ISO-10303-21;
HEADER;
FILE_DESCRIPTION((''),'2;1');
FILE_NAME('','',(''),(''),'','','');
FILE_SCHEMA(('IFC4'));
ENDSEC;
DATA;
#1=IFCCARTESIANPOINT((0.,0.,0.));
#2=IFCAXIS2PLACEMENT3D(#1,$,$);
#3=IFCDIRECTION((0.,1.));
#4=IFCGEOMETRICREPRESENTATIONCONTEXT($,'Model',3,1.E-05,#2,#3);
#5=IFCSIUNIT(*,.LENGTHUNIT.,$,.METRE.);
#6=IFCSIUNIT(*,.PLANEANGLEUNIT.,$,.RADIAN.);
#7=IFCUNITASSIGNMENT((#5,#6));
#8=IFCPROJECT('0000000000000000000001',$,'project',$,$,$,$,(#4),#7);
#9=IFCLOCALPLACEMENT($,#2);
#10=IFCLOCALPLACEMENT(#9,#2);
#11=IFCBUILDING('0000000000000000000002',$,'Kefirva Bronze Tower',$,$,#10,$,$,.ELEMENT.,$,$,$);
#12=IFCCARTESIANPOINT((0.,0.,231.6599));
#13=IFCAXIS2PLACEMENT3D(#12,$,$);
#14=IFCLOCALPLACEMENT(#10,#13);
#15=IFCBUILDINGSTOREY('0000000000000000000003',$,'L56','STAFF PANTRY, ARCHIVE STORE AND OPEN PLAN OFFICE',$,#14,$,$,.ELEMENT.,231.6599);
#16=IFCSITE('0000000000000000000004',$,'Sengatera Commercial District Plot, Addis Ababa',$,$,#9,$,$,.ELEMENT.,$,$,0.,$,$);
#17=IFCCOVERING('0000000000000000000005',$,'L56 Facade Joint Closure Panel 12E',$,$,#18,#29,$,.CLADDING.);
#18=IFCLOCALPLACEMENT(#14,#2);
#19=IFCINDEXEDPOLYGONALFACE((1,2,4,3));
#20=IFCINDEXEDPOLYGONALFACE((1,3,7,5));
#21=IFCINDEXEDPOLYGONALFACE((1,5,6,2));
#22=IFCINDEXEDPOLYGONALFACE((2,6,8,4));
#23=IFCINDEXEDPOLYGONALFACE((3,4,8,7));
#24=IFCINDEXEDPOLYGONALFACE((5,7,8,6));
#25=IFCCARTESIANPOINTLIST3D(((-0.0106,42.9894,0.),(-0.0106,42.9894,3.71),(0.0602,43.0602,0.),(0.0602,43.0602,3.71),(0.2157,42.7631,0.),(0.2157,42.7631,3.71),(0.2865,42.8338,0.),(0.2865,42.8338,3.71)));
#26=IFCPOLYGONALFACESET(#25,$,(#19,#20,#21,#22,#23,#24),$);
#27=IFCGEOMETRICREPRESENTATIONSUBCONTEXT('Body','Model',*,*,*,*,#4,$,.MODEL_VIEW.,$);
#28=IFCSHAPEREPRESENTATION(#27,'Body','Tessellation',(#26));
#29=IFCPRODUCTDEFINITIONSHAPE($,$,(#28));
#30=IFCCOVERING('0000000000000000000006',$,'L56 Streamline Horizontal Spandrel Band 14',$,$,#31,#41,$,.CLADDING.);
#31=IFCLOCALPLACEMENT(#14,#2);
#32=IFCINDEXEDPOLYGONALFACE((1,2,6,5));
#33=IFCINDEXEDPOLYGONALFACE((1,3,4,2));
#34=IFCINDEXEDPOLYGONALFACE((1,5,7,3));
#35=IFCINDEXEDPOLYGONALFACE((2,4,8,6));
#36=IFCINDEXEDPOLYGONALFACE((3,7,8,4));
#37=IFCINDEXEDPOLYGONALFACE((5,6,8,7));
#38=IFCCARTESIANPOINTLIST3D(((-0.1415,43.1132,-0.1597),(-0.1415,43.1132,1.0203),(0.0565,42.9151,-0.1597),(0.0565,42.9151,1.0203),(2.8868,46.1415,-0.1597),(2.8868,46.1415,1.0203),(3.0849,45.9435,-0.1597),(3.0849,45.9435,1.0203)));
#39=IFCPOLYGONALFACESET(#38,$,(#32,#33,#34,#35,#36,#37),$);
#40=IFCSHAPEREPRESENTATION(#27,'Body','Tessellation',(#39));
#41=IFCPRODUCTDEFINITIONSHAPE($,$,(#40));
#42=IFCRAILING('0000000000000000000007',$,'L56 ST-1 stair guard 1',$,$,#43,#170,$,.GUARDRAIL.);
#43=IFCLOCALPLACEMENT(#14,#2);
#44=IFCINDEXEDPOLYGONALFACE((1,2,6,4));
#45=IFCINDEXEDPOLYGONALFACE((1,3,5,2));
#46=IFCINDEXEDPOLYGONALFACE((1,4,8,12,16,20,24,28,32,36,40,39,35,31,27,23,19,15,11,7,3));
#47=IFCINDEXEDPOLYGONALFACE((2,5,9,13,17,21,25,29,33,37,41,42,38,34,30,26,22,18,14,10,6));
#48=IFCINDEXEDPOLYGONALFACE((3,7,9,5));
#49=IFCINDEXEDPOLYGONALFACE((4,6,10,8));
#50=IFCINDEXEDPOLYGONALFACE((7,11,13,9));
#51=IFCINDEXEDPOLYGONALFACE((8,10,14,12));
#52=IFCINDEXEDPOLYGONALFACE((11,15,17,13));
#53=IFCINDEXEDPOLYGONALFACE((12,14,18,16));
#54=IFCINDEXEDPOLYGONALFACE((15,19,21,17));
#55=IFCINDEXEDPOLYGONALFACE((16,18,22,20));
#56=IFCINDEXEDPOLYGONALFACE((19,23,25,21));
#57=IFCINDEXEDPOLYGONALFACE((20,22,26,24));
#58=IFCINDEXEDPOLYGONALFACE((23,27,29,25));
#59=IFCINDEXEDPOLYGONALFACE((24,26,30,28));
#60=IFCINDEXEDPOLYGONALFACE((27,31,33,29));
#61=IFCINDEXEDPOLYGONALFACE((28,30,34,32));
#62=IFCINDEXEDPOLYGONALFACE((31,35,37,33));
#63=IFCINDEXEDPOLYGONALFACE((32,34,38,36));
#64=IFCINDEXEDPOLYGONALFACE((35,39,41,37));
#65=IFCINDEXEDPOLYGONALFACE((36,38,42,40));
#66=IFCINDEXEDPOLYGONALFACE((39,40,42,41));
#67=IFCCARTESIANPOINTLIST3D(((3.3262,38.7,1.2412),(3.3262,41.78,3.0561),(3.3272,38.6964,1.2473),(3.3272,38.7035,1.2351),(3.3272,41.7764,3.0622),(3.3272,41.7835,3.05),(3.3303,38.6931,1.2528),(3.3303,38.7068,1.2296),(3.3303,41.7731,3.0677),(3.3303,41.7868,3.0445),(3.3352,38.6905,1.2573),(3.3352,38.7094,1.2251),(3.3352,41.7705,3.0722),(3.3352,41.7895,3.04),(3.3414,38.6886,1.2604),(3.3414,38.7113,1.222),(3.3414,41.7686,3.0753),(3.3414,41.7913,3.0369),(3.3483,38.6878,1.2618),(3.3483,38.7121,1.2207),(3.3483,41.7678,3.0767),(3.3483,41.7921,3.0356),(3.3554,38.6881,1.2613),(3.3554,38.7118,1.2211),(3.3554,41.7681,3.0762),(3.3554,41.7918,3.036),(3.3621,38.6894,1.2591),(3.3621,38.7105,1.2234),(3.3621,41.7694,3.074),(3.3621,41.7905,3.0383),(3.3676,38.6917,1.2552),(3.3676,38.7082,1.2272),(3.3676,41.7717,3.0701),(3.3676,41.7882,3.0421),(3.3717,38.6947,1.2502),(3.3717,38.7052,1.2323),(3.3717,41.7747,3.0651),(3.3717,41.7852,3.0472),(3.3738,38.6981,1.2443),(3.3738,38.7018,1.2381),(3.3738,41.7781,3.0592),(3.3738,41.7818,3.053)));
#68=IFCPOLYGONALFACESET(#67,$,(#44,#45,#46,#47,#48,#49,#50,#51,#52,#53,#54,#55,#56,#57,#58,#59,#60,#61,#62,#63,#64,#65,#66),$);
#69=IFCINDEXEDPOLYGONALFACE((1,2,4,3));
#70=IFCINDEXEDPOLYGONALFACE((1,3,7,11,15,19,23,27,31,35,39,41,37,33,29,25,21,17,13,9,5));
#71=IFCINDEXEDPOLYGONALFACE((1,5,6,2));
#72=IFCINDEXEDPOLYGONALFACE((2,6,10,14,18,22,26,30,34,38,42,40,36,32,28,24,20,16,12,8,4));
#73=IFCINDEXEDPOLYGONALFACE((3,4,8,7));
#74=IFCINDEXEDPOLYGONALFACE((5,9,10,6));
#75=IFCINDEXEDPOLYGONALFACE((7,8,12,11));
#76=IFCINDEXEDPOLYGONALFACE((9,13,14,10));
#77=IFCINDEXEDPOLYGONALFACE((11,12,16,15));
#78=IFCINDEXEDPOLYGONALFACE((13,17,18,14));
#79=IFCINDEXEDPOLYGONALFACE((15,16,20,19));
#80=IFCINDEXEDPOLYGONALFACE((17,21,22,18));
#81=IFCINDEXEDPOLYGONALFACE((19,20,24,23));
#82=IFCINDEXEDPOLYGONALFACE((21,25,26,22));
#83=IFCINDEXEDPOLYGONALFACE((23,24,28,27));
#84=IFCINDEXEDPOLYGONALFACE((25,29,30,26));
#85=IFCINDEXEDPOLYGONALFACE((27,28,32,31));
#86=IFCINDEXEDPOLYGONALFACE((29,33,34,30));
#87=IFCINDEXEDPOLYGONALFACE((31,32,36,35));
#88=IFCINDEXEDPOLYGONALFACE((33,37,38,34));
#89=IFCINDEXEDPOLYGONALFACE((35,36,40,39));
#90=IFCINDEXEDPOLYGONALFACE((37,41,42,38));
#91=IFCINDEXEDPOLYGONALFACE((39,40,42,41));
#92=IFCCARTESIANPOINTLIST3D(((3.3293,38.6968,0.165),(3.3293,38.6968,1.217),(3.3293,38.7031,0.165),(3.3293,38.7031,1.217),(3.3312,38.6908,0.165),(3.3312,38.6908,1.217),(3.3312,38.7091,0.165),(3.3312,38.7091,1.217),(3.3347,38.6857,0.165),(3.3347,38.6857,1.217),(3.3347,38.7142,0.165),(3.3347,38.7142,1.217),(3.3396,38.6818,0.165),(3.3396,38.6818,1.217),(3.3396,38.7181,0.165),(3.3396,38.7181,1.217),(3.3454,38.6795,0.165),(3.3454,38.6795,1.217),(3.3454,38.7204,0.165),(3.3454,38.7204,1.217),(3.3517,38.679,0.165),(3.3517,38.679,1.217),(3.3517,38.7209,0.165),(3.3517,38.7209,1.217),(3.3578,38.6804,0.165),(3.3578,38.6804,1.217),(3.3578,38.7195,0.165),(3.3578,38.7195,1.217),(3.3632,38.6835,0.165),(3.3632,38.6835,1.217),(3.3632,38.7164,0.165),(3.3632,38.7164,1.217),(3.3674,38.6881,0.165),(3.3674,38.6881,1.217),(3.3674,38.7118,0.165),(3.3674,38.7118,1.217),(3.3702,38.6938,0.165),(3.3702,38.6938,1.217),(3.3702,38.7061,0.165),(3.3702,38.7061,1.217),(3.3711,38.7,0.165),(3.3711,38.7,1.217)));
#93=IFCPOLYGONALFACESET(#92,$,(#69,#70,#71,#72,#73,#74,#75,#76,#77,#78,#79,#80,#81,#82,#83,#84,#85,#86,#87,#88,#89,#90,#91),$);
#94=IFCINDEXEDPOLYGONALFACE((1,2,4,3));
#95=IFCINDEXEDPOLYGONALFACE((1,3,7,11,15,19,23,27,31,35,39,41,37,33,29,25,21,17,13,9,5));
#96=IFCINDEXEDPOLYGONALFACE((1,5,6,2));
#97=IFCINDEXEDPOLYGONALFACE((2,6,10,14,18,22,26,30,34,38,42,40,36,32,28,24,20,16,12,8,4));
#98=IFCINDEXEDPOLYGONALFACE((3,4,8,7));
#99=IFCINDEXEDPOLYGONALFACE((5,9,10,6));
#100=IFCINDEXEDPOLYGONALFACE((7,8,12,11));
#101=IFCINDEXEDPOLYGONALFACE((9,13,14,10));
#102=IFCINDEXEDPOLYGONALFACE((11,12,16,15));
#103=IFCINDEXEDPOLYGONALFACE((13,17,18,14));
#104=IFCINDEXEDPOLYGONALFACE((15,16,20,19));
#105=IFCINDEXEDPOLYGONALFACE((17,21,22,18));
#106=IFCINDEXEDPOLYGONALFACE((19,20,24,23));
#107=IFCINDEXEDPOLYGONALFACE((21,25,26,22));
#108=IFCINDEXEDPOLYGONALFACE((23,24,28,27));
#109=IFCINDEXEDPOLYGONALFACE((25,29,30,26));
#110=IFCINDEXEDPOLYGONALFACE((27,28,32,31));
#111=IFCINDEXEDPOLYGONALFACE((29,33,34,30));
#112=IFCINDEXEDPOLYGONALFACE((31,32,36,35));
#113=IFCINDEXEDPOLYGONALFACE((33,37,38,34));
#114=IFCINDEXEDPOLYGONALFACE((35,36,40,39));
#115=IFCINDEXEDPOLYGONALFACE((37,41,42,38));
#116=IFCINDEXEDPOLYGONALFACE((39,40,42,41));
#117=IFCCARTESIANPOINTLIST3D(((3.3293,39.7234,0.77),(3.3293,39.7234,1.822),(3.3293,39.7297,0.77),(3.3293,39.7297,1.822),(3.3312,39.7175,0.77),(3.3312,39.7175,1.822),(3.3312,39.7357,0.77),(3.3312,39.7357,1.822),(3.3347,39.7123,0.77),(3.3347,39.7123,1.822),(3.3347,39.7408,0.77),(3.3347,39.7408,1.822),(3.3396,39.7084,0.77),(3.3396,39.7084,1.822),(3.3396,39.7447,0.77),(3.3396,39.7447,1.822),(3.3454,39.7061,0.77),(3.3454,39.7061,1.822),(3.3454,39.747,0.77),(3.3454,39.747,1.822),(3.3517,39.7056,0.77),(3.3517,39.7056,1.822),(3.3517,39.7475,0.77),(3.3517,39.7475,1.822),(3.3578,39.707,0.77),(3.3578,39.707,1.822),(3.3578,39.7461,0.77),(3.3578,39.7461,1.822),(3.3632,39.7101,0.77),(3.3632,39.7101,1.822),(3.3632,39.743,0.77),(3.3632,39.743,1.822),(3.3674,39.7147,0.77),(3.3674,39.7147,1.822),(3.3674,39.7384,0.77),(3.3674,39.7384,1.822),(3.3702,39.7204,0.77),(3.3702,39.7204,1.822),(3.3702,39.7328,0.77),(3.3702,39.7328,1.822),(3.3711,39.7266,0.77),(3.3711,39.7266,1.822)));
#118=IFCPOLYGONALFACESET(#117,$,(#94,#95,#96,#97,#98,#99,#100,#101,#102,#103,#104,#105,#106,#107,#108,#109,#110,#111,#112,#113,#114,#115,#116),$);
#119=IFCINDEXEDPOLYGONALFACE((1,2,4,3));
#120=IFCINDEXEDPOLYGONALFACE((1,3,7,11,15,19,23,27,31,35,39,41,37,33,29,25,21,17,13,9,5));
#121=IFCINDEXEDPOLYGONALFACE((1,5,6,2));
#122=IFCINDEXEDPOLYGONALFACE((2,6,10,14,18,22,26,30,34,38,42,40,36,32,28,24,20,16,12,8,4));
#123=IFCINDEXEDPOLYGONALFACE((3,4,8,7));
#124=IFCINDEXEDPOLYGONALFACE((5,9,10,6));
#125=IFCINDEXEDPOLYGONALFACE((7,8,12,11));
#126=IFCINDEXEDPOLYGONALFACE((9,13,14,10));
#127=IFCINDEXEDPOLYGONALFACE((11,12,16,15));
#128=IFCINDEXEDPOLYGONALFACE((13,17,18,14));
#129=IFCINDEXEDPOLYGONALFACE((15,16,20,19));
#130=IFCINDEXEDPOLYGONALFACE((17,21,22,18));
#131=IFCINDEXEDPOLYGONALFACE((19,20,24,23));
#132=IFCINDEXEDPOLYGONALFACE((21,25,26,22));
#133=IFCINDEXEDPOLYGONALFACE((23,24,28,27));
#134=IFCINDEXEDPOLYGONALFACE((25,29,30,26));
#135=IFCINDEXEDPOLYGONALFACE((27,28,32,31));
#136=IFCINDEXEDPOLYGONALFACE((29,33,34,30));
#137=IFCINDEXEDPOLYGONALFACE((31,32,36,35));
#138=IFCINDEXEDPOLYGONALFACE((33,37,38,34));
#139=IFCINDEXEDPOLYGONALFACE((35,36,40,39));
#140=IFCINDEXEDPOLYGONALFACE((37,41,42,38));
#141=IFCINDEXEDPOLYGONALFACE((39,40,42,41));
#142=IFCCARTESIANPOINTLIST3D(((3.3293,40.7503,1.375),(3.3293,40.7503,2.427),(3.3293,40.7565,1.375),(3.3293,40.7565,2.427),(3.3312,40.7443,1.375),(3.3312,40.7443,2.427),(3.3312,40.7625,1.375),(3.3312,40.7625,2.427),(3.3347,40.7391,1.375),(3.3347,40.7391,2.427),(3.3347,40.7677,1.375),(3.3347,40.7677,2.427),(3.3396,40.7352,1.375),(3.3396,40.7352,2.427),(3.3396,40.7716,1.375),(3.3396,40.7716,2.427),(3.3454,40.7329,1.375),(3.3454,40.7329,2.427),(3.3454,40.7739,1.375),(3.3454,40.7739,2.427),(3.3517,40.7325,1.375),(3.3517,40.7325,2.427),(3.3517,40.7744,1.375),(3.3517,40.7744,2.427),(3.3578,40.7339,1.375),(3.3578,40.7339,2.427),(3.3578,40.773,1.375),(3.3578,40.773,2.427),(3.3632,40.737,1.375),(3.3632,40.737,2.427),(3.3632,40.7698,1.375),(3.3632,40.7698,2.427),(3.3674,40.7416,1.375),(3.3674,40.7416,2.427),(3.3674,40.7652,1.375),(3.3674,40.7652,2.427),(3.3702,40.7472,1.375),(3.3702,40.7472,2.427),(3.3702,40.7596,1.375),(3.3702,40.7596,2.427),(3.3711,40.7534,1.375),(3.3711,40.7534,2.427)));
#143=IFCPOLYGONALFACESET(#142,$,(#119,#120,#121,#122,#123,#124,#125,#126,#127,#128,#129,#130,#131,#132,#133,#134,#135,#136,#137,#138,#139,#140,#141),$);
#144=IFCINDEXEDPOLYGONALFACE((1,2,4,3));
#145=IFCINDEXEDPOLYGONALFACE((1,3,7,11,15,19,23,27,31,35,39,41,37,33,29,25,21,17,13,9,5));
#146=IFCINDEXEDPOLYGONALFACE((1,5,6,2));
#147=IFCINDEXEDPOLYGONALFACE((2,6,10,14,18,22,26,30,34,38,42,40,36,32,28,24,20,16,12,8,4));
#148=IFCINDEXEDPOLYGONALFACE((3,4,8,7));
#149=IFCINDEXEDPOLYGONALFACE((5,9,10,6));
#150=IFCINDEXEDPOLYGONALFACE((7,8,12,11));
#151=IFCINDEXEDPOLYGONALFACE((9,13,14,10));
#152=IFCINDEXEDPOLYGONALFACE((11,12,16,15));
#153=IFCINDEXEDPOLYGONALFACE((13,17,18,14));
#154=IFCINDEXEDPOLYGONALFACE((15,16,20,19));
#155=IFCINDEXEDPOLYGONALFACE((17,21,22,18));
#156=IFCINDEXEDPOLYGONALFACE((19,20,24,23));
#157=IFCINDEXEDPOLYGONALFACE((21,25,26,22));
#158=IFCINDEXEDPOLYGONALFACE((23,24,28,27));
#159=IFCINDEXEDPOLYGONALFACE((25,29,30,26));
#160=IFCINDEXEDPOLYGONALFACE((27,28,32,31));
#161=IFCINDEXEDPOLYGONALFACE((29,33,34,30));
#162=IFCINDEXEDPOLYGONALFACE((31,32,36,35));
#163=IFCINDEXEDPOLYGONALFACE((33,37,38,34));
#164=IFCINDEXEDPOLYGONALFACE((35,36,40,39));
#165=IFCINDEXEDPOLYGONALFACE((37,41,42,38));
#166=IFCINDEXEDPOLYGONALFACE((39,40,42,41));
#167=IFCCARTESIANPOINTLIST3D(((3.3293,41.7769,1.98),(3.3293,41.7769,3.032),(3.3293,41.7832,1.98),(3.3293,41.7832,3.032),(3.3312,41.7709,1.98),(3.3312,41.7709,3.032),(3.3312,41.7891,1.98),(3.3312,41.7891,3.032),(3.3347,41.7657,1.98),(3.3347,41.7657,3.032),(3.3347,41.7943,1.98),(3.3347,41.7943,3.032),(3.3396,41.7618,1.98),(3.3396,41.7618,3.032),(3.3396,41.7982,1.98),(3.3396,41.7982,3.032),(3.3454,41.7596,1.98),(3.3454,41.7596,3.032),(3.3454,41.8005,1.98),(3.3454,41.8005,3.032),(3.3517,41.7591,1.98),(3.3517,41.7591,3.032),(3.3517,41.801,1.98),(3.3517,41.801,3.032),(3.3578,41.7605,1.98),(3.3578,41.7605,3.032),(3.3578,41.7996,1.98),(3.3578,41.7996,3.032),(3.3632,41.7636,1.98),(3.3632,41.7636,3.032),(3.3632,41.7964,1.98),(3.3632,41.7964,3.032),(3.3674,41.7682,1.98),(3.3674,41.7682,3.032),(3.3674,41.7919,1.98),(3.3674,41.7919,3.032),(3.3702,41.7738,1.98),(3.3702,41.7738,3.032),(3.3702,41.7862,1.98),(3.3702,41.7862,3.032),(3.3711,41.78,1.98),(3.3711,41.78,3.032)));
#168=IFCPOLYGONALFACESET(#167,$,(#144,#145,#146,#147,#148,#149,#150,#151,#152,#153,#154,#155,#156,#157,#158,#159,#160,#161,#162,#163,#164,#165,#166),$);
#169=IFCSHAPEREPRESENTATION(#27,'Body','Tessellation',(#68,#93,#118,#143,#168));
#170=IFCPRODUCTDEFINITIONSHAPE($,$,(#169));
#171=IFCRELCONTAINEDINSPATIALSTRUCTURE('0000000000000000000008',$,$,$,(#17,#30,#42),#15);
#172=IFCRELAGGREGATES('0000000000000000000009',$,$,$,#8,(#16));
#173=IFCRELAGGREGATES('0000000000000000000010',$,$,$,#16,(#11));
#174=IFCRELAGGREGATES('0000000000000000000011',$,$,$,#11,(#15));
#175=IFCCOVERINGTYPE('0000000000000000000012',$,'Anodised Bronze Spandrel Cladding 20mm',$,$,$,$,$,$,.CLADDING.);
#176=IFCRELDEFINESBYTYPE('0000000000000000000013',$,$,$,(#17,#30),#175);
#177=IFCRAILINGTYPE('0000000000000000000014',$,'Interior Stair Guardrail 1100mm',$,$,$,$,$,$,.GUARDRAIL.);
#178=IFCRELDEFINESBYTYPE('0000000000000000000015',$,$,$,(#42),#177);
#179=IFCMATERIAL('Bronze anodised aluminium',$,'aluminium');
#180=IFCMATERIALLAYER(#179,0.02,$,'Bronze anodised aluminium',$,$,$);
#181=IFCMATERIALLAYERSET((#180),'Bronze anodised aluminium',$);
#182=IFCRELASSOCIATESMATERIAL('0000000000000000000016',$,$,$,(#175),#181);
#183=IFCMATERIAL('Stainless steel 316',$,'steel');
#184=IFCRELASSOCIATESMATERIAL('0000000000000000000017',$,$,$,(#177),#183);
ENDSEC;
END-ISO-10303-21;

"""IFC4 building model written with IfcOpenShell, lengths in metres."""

from ifc_helpers import new_model, si_unit, direction, frame, origin, origin_2d, place, context, subcontext, project, spatial, rectangle, circle, extrude, material, layer, layer_set, type_object, element, save


model = new_model("IFC4")

# Units and contexts
model_context = context("Model", 3, precision=1e-05, world=origin(), true_north=direction((0.0, 1.0)))
body_context = subcontext(model_context, "Body", "Model", "MODEL_VIEW")
ifc_project = project(units=[si_unit("LENGTHUNIT", "METRE"), si_unit("PLANEANGLEUNIT", "RADIAN")], contexts=[model_context])

# Site, building, storey
site_placement = place(None, origin())
site = spatial("IfcSite", under=ifc_project, at=site_placement, Name="Sengatera Commercial District Plot, Addis Ababa", CompositionType="ELEMENT", RefElevation=0.0)
building_placement = place(site_placement, origin())
building = spatial("IfcBuilding", under=site, at=building_placement, Name="Kefirva Bronze Tower", CompositionType="ELEMENT")
storey_placement = place(building_placement, frame((0.0, 0.0, 231.6599)))
storey = spatial("IfcBuildingStorey", under=building, at=storey_placement, Name="L56", Description="STAFF PANTRY, ARCHIVE STORE AND OPEN PLAN OFFICE", CompositionType="ELEMENT", Elevation=231.6599)

# Coverings
ifc_material_1 = material(Name="Bronze anodised aluminium", Category="aluminium")
ifc_layer_1 = layer(ifc_material_1, 0.02, Name="Bronze anodised aluminium")
ifc_layer_set_1 = layer_set([ifc_layer_1], Name="Bronze anodised aluminium")
covering_type_1 = type_object("IfcCoveringType", Name="Anodised Bronze Spandrel Cladding 20mm", PredefinedType="CLADDING", material=ifc_layer_set_1)
for number, where, z_axis, x_axis, name in (
    (1, (0.1379, 42.9116, 0.0), (0.0, 0.0, 1.0), (-0.707107, -0.707107, 0.0), "L56 Facade Joint Closure Panel 12E"),
):
    element("IfcCovering", number, at=place(storey_placement, frame(where, z_axis=z_axis, x_axis=x_axis)), inside=storey, type_object=covering_type_1, Name=name, PredefinedType="CLADDING", context=body_context, shape_type="SweptSolid", body=[
        extrude(rectangle(XDim=0.1001, YDim=0.3201, at=origin_2d()), origin(), (0.0, 0.0, 1.0), 3.71),
    ])
covering_1_placement = place(storey_placement, frame((1.4717, 44.5283, -0.1597), z_axis=(0.0, 0.0, 1.0), x_axis=(-0.707107, -0.707107, 0.0)))
element("IfcCovering", 2, at=covering_1_placement, inside=storey, type_object=covering_type_1, Name="L56 Streamline Horizontal Spandrel Band 14", PredefinedType="CLADDING", context=body_context, shape_type="SweptSolid", body=[
    extrude(rectangle(XDim=4.2827, YDim=0.28, at=origin_2d()), origin(), (0.0, 0.0, 1.0), 1.1799),
])

# Railing
ifc_material_2 = material(Name="Stainless steel 316", Category="steel")
railing_type_1 = type_object("IfcRailingType", Name="Interior Stair Guardrail 1100mm", PredefinedType="GUARDRAIL", material=ifc_material_2)
railing_1_placement = place(storey_placement, frame((3.3501, 38.7, 0.165)))
element("IfcRailing", 3, at=railing_1_placement, inside=storey, type_object=railing_type_1, Name="L56 ST-1 stair guard 1", PredefinedType="GUARDRAIL", context=body_context, shape_type="SweptSolid", body=[
    extrude(circle(Radius=0.0239, at=origin_2d()), frame((0.0, 0.0, 1.0762), z_axis=(0.0, 0.861551, 0.507671), x_axis=(-1.0, 0.0, 0.0)), (0.0, 0.0, 1.0), 3.575),
    extrude(circle(Radius=0.021, at=origin_2d()), origin(), (0.0, 0.0, 1.0), 1.052),
    extrude(circle(Radius=0.021, at=origin_2d()), frame((0.0, 1.0266, 0.605)), (0.0, 0.0, 1.0), 1.052),
    extrude(circle(Radius=0.021, at=origin_2d()), frame((0.0, 2.0535, 1.21)), (0.0, 0.0, 1.0), 1.052),
    extrude(circle(Radius=0.021, at=origin_2d()), frame((0.0, 3.0801, 1.8149)), (0.0, 0.0, 1.0), 1.052),
])

save(model, "model.ifc")
